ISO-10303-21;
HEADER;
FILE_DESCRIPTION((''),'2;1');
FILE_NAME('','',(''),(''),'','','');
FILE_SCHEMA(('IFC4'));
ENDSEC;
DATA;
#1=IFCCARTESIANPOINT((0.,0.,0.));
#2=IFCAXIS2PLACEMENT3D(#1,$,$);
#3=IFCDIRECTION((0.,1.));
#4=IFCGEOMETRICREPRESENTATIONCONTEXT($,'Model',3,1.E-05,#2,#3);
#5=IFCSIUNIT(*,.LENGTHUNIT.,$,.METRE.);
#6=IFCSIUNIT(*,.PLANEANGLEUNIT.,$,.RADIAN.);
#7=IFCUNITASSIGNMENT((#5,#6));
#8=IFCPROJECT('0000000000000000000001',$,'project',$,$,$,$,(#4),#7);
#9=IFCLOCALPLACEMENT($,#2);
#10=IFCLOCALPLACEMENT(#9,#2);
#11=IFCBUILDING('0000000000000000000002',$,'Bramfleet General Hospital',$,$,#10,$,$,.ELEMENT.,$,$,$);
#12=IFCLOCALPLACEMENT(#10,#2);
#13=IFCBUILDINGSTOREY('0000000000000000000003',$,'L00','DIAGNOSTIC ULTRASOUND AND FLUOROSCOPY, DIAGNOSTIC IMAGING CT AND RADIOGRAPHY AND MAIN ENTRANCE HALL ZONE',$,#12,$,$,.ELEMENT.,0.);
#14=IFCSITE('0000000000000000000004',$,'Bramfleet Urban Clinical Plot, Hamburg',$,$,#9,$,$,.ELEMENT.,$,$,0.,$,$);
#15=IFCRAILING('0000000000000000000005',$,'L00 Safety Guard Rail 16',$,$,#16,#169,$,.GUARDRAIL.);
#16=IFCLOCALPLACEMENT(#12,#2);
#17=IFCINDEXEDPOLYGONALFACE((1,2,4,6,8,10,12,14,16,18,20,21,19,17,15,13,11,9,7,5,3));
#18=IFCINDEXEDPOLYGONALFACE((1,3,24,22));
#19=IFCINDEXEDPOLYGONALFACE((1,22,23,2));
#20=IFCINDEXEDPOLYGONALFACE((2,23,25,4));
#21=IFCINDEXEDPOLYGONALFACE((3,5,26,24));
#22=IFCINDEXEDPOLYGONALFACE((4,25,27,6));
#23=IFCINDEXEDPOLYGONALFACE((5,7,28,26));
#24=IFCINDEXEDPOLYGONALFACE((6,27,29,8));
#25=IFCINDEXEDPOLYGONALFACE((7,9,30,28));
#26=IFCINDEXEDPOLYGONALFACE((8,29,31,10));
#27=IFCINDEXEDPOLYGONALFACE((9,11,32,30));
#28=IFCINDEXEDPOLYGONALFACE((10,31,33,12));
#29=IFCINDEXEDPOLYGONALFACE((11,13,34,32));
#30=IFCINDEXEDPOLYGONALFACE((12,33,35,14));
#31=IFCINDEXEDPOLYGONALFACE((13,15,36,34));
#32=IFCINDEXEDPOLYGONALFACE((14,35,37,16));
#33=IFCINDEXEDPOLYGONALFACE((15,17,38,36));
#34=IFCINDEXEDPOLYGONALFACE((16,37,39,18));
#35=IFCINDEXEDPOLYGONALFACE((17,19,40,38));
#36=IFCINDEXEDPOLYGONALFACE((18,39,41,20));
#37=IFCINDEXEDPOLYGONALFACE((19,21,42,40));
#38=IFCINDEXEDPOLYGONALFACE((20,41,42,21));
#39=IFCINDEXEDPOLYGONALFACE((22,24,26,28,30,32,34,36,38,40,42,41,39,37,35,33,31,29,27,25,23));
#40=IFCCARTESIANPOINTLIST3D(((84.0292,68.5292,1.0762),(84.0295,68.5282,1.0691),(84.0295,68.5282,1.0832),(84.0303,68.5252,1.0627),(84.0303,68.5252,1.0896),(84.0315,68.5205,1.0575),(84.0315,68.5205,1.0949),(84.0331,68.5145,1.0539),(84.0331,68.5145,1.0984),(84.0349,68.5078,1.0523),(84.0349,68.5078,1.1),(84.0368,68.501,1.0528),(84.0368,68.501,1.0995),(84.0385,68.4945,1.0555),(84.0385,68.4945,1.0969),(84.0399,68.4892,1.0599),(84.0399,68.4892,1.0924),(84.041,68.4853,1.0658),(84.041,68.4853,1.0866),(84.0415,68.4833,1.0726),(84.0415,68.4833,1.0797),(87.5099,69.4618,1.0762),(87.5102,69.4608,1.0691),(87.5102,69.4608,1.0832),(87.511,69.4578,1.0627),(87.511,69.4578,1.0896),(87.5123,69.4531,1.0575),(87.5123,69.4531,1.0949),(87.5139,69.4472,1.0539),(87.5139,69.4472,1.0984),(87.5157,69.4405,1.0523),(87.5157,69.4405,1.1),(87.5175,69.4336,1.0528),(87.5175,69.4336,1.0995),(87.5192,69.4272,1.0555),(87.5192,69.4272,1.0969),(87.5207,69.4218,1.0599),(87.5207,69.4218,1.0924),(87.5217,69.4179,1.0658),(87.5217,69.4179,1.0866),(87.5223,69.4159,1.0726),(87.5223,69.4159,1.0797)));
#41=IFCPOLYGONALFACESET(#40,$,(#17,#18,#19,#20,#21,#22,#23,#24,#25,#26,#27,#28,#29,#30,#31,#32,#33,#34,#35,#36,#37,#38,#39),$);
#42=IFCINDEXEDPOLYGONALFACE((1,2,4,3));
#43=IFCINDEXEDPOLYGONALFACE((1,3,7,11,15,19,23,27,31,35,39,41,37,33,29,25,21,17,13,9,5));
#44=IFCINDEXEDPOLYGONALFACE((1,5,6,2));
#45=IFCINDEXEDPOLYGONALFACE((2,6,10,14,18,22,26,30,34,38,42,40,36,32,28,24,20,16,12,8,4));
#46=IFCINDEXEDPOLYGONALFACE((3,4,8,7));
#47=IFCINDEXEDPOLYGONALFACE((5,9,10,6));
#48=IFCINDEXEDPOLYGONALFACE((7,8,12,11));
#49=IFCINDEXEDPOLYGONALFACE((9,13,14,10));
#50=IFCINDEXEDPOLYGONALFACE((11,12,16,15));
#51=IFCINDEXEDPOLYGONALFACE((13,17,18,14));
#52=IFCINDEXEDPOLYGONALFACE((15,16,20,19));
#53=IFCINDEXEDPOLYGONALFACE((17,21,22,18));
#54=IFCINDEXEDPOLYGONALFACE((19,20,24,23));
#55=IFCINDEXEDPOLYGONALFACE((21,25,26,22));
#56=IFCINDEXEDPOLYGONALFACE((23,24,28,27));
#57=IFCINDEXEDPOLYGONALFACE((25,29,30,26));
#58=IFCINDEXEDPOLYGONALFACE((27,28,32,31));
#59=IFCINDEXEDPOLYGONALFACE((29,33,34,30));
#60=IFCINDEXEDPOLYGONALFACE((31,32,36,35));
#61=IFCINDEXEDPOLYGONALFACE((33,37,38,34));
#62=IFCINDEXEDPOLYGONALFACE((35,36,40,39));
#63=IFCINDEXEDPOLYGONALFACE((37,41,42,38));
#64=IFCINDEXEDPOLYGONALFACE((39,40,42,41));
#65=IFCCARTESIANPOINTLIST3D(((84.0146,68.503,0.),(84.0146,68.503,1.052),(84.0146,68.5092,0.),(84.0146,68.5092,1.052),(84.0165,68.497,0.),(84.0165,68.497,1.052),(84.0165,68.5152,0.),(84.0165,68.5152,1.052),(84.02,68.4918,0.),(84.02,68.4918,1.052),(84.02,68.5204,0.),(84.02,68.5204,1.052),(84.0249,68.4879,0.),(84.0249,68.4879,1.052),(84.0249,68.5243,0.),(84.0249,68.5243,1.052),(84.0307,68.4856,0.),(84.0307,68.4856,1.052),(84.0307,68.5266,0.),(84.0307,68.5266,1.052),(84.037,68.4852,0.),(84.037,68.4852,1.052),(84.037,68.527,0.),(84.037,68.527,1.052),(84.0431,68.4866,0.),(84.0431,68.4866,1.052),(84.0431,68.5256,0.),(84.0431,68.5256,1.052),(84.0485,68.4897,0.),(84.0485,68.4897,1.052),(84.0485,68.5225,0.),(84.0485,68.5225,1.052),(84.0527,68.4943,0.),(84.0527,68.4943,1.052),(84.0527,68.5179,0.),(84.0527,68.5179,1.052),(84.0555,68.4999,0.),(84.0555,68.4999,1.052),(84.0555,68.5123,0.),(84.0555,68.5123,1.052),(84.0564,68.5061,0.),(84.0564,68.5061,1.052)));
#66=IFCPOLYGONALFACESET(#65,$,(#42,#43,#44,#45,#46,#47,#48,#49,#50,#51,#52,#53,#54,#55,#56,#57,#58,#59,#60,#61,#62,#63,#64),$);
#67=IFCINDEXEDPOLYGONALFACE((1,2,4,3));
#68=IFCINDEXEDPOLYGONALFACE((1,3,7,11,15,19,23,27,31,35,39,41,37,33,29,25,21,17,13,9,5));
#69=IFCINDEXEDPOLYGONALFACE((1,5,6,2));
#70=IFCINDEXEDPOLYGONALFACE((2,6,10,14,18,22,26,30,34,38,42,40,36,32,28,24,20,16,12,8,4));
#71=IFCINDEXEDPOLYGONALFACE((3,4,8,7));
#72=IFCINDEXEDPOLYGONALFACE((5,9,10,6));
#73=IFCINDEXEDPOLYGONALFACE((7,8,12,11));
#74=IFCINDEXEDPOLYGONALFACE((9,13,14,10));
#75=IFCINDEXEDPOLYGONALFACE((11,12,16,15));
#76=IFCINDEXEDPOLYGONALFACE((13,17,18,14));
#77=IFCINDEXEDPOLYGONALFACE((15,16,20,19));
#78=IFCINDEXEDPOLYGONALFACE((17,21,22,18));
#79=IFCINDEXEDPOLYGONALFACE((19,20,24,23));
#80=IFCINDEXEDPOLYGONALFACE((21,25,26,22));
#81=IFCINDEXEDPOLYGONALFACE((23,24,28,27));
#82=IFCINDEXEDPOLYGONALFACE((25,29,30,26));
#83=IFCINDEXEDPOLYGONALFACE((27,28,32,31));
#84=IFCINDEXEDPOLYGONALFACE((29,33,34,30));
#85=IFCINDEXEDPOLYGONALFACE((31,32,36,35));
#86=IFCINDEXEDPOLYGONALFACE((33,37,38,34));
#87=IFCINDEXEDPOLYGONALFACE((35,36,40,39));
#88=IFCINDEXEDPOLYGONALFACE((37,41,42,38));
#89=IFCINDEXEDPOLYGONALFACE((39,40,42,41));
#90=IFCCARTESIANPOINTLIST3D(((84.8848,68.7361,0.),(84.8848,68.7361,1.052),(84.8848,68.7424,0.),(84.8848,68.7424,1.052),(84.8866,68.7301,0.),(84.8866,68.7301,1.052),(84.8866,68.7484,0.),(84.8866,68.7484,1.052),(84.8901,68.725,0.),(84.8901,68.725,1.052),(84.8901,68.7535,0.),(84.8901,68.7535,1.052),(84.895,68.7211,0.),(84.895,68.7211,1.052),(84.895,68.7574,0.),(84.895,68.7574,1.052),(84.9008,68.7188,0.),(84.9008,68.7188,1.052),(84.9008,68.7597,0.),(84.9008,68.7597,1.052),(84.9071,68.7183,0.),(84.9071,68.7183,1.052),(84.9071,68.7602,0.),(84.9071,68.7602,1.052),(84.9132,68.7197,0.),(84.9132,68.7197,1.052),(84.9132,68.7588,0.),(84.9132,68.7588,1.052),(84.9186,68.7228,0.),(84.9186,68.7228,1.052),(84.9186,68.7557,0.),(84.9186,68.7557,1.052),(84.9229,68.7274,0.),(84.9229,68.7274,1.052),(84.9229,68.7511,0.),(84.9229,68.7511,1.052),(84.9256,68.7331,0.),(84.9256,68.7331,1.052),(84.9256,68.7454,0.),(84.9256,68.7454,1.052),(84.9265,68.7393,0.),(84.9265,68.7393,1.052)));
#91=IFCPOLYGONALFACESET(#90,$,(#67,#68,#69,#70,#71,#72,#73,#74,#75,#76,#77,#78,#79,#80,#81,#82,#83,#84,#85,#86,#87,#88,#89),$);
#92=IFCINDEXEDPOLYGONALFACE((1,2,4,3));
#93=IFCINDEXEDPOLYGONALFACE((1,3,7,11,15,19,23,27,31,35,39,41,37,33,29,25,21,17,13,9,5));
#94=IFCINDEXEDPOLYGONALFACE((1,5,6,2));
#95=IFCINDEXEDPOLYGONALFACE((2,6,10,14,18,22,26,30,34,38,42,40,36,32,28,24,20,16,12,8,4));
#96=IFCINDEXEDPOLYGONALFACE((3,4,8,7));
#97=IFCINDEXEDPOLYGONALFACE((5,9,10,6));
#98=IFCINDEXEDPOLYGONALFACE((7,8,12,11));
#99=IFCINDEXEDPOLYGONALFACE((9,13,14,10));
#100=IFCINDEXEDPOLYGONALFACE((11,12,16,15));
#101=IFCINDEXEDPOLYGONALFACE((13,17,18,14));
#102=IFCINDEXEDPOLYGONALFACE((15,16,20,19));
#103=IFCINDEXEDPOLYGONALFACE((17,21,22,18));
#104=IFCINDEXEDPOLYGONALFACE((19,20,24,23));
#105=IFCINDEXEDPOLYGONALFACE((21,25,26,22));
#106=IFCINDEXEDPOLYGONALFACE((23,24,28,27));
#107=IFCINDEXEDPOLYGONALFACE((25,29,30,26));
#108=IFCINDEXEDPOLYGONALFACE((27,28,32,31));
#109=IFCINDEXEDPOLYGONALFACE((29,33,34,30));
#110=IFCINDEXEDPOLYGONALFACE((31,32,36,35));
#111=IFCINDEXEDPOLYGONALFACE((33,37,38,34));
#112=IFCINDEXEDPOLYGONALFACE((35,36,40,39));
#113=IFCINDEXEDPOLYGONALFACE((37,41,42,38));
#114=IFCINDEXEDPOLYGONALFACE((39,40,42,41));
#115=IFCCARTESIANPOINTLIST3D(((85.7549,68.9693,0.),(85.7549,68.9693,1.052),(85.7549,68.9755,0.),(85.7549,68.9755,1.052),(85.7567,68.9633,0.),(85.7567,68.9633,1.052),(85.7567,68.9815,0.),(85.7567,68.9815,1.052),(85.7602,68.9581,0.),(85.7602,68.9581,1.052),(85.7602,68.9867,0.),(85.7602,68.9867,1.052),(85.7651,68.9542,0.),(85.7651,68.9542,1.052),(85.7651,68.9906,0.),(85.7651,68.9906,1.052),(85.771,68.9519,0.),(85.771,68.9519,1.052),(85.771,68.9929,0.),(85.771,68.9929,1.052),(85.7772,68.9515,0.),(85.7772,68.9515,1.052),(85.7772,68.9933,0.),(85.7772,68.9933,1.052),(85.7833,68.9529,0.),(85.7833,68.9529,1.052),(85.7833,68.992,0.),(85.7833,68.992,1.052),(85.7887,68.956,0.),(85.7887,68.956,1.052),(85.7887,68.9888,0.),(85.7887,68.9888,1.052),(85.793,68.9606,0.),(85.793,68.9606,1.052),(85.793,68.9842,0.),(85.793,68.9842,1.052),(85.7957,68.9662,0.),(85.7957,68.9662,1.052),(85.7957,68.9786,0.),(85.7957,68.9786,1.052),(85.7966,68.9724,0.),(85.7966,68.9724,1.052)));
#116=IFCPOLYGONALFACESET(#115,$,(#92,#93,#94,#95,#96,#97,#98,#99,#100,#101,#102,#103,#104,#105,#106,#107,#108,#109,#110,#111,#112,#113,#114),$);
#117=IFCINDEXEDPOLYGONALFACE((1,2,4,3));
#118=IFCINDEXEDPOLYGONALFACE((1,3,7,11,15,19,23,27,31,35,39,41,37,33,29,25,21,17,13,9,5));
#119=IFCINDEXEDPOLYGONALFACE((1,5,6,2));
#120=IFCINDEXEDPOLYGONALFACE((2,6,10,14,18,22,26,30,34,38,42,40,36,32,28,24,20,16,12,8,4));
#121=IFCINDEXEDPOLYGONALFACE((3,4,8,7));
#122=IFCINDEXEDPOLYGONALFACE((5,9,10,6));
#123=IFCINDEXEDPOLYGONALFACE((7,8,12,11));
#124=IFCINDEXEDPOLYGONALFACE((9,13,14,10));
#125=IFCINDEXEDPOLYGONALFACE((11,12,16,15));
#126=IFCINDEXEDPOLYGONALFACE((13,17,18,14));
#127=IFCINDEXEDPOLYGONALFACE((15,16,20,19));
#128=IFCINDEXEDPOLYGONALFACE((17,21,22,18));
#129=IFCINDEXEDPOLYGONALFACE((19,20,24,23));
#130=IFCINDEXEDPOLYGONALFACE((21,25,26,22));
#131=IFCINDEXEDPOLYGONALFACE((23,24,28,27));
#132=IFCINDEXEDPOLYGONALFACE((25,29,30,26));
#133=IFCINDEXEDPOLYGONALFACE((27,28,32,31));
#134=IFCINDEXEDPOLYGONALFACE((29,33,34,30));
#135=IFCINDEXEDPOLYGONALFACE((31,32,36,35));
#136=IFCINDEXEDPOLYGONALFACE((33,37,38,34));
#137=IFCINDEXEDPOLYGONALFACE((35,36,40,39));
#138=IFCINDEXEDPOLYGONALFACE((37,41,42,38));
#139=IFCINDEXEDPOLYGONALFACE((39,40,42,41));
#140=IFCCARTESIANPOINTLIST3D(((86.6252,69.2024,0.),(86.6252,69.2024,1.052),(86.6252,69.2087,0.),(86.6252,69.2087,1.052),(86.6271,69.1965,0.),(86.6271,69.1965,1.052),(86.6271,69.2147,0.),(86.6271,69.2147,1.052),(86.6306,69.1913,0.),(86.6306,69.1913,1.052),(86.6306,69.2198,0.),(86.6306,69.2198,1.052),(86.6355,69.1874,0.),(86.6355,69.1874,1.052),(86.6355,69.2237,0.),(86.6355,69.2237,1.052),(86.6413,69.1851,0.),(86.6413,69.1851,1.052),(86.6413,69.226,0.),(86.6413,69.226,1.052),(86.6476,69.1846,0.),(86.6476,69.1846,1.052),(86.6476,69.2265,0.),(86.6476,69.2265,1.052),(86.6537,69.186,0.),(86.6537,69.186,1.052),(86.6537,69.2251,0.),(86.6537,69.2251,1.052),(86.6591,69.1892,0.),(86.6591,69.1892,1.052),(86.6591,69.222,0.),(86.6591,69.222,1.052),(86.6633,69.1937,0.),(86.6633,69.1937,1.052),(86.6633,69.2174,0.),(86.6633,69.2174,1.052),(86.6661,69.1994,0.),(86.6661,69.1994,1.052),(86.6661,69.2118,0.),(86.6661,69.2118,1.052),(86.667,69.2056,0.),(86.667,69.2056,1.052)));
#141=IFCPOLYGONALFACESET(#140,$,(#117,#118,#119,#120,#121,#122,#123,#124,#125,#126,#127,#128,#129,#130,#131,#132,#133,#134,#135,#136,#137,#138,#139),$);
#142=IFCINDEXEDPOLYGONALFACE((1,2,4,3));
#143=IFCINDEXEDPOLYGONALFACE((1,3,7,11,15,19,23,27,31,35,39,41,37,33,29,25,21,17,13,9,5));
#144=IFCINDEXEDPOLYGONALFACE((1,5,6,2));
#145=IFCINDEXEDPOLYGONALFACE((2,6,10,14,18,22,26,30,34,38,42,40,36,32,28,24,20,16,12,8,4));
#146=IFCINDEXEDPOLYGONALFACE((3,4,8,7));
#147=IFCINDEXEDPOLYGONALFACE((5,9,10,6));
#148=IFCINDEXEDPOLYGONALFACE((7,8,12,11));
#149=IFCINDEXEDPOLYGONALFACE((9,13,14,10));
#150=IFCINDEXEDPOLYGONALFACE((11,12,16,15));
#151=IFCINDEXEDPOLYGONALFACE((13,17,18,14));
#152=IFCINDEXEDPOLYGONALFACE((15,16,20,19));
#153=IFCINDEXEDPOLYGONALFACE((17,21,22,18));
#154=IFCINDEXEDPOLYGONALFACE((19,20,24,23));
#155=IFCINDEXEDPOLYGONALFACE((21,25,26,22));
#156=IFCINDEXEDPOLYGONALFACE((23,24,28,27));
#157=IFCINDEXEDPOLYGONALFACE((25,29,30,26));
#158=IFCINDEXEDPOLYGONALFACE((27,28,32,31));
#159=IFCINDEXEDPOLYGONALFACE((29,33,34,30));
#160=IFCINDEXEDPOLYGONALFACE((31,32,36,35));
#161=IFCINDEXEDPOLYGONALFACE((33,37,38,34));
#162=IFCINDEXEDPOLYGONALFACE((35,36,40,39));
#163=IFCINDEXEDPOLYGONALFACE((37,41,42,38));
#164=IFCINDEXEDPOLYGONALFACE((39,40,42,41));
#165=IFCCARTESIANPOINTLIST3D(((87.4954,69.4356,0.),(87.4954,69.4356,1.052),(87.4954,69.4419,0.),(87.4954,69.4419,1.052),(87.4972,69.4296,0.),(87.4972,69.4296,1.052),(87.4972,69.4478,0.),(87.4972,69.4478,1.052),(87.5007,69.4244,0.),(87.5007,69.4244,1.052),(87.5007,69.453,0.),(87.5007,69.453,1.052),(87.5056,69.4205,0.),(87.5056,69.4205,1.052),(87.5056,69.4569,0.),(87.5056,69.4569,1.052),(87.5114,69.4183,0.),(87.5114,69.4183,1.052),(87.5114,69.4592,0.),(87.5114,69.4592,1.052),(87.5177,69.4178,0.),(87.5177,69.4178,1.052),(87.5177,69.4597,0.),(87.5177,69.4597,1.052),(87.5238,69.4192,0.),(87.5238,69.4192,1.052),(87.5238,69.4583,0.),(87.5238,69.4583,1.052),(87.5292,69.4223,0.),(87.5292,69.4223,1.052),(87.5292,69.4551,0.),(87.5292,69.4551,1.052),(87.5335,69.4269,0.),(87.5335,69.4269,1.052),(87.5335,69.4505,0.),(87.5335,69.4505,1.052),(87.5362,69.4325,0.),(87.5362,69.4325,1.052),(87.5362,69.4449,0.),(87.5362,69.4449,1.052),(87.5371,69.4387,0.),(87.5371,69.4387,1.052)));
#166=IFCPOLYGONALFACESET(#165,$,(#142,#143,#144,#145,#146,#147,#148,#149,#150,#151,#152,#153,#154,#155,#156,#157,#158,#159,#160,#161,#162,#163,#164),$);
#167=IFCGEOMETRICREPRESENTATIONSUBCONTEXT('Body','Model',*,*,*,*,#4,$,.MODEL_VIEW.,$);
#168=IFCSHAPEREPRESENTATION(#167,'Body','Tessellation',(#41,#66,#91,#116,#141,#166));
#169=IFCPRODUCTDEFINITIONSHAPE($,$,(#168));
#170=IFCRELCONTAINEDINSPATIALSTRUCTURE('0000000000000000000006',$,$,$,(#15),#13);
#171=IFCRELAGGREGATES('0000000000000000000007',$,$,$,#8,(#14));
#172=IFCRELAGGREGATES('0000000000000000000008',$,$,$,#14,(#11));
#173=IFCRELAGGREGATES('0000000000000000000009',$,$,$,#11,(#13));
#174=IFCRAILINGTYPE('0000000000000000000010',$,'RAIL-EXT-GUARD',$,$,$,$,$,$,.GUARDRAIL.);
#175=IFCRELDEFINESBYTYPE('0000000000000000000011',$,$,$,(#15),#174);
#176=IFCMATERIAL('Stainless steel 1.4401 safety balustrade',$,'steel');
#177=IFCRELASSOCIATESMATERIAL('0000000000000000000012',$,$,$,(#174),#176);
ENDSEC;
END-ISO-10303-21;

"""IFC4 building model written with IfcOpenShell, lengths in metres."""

from ifc_helpers import new_model, si_unit, direction, frame, origin, origin_2d, place, context, subcontext, project, spatial, circle, extrude, material, type_object, element, save


model = new_model("IFC4")

# Units and contexts
model_context = context("Model", 3, precision=1e-05, world=origin(), true_north=direction((0.0, 1.0)))
body_context = subcontext(model_context, "Body", "Model", "MODEL_VIEW")
ifc_project = project(units=[si_unit("LENGTHUNIT", "METRE"), si_unit("PLANEANGLEUNIT", "RADIAN")], contexts=[model_context])

# Site, building, storey
site_placement = place(None, origin())
site = spatial("IfcSite", under=ifc_project, at=site_placement, Name="Bramfleet Urban Clinical Plot, Hamburg", CompositionType="ELEMENT", RefElevation=0.0)
building_placement = place(site_placement, origin())
building = spatial("IfcBuilding", under=site, at=building_placement, Name="Bramfleet General Hospital", CompositionType="ELEMENT")
storey_placement = place(building_placement, origin())
storey = spatial("IfcBuildingStorey", under=building, at=storey_placement, Name="L00", Description="DIAGNOSTIC ULTRASOUND AND FLUOROSCOPY, DIAGNOSTIC IMAGING CT AND RADIOGRAPHY AND MAIN ENTRANCE HALL ZONE", CompositionType="ELEMENT", Elevation=0.0)

# Railing
ifc_material_1 = material(Name="Stainless steel 1.4401 safety balustrade", Category="steel")
railing_type = type_object("IfcRailingType", Name="RAIL-EXT-GUARD", PredefinedType="GUARDRAIL", material=ifc_material_1)
railing_1_placement = place(storey_placement, frame((84.0354, 68.5061, 0.0)))
element("IfcRailing", 1, at=railing_1_placement, inside=storey, type_object=railing_type, Name="L00 Safety Guard Rail 16", PredefinedType="GUARDRAIL", context=body_context, shape_type="SweptSolid", body=[
    extrude(circle(Radius=0.0239, at=origin_2d()), frame((0.0, 0.0, 1.0762), z_axis=(0.965928, 0.258809, 0.0), x_axis=(-0.258809, 0.965928, 0.0)), (0.0, 0.0, 1.0), 3.6035),
    extrude(circle(Radius=0.021, at=origin_2d()), origin(), (0.0, 0.0, 1.0), 1.052),
    extrude(circle(Radius=0.021, at=origin_2d()), frame((0.8701, 0.2332, 0.0)), (0.0, 0.0, 1.0), 1.052),
    extrude(circle(Radius=0.021, at=origin_2d()), frame((1.7402, 0.4663, 0.0)), (0.0, 0.0, 1.0), 1.052),
    extrude(circle(Radius=0.021, at=origin_2d()), frame((2.6106, 0.6995, 0.0)), (0.0, 0.0, 1.0), 1.052),
    extrude(circle(Radius=0.021, at=origin_2d()), frame((3.4807, 0.9326, 0.0)), (0.0, 0.0, 1.0), 1.052),
])

save(model, "model.ifc")
